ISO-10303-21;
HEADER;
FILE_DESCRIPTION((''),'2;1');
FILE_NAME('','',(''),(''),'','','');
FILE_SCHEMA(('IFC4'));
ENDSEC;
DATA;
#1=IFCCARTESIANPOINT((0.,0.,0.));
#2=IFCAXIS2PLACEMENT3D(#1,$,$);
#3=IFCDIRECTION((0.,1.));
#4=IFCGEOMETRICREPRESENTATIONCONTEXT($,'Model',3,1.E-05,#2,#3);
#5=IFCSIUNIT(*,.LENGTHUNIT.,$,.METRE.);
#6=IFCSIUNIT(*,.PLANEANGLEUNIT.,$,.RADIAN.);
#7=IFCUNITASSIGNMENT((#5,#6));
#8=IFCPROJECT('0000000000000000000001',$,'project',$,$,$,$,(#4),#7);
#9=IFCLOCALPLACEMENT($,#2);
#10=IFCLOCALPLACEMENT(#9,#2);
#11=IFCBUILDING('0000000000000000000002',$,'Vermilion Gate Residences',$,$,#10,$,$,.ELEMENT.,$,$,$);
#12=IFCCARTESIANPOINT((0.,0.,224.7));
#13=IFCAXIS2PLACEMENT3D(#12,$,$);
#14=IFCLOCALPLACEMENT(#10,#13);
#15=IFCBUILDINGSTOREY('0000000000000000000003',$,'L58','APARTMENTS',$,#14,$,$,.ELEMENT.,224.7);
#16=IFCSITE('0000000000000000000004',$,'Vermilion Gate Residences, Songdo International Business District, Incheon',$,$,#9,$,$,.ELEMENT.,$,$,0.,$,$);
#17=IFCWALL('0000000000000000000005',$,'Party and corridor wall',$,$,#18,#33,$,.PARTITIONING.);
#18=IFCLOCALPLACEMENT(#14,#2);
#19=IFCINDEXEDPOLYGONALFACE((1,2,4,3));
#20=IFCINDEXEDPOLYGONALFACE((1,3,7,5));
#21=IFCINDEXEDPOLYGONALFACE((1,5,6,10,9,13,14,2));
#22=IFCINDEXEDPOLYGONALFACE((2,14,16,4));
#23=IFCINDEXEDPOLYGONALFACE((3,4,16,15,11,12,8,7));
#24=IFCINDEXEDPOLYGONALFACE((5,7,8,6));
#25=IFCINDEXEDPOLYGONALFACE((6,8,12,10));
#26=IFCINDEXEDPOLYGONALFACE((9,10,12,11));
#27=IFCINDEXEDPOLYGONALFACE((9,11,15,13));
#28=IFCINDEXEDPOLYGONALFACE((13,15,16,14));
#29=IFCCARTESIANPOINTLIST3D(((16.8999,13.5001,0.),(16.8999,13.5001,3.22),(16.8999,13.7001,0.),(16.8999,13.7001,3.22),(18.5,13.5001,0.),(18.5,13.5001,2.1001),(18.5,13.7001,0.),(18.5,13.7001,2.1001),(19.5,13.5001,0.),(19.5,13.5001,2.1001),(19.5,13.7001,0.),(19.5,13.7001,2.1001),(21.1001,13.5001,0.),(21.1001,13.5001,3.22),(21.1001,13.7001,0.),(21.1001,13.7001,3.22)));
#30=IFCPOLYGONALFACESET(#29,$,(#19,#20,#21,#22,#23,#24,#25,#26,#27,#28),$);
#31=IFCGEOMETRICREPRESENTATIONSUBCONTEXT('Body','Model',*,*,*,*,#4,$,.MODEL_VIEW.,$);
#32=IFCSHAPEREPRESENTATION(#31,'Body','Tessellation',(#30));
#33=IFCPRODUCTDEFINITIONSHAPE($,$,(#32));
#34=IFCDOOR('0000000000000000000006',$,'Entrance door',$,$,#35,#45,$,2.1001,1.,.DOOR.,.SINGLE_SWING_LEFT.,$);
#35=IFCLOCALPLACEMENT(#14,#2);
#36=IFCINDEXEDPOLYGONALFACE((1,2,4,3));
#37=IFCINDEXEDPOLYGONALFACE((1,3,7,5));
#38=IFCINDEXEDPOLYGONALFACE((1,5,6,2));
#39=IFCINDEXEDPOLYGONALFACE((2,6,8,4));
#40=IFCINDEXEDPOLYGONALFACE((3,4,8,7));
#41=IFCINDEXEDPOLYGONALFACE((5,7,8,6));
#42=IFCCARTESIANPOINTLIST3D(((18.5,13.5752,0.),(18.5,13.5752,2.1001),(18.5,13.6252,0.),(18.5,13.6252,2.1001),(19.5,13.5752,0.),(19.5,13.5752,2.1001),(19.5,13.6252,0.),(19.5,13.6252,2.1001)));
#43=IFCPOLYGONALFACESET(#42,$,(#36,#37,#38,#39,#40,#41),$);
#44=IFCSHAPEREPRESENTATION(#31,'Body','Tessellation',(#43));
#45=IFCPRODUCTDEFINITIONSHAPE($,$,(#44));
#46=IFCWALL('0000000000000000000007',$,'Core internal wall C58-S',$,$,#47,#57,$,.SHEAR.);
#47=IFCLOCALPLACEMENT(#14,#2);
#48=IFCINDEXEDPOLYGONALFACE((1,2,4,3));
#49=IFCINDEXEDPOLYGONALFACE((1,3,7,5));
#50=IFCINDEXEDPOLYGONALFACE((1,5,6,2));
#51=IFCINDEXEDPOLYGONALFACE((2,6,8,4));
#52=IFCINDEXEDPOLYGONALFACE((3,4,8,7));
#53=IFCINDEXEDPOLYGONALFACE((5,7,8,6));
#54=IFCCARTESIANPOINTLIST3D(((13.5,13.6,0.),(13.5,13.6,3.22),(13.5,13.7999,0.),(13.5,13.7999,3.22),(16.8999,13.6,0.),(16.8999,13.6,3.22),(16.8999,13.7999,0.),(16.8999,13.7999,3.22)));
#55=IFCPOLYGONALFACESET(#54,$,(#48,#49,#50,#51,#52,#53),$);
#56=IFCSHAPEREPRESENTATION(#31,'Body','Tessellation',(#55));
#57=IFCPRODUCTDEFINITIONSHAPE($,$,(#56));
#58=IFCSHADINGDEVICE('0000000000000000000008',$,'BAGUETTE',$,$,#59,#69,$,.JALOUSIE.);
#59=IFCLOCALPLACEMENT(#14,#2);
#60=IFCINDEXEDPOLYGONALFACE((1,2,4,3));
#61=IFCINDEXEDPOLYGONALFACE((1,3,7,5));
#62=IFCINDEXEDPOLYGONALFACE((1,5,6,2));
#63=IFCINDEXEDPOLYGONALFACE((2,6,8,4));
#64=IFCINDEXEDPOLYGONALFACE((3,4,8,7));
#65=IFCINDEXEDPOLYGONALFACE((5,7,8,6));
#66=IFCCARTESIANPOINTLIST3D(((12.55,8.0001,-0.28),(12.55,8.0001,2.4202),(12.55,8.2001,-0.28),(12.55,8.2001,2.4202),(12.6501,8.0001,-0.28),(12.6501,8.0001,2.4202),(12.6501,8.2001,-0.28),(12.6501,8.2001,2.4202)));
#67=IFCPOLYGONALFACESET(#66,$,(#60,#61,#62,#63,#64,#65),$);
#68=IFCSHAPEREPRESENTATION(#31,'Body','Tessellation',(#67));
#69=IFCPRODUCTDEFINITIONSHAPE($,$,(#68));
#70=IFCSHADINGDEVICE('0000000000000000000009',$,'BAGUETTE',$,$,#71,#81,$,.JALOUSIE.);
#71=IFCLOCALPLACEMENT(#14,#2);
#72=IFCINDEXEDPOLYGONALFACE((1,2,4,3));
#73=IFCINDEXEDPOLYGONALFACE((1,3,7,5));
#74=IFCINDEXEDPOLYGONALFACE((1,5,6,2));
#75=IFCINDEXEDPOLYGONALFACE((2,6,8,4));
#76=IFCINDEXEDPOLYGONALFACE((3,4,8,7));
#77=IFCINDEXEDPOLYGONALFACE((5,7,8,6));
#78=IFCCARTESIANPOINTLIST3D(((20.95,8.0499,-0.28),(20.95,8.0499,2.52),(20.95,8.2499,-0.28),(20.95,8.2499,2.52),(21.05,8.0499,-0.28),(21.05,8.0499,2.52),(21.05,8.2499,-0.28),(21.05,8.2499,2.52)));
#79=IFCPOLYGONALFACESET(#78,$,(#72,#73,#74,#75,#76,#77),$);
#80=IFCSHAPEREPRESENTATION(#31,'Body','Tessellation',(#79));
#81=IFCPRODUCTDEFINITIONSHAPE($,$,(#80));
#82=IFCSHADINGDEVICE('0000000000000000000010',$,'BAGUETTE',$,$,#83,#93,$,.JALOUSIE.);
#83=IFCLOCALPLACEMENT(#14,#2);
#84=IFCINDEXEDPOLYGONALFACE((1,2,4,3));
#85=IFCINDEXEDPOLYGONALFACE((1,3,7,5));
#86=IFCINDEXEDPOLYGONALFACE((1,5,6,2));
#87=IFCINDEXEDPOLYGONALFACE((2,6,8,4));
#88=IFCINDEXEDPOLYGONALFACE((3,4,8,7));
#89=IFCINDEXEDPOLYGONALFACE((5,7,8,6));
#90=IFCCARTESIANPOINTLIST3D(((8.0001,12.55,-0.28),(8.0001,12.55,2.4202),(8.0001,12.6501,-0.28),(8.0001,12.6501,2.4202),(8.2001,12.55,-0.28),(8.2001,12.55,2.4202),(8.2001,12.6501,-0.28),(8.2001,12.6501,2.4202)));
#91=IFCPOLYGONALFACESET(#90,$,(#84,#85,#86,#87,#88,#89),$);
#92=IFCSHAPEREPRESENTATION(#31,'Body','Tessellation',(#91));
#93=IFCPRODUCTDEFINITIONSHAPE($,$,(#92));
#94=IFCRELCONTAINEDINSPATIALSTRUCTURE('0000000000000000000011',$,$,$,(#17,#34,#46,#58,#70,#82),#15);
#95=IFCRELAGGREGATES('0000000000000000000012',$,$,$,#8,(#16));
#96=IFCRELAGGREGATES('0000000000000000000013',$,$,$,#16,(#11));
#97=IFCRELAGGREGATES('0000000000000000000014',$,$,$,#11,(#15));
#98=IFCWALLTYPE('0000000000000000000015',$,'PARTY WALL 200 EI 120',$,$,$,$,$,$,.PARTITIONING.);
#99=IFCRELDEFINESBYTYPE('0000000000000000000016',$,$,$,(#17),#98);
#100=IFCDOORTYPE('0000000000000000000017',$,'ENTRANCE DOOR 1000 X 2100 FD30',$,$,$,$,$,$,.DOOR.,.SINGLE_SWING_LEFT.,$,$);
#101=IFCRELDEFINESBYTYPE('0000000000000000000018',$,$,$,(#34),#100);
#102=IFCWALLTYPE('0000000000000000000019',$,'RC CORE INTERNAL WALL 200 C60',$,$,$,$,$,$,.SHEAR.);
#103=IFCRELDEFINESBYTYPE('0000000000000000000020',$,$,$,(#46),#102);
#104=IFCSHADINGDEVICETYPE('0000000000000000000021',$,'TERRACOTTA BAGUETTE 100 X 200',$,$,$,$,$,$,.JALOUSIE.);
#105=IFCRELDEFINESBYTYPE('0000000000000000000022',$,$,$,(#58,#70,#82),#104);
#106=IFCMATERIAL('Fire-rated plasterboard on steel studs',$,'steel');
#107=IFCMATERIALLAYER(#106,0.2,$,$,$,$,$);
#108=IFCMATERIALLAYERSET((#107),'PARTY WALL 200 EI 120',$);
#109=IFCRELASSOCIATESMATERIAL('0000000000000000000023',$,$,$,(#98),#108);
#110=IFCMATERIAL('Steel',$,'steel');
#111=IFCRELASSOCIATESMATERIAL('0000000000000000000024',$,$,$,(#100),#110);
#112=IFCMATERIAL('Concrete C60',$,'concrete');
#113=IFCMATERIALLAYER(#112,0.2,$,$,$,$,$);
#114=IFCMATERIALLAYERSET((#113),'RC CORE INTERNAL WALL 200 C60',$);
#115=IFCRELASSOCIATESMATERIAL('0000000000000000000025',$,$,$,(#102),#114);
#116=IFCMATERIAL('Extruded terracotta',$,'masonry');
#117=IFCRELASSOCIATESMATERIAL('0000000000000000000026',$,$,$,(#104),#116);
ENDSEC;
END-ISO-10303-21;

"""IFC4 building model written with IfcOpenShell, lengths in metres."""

from ifc_helpers import new_model, si_unit, direction, frame, frame_2d, origin, origin_2d, place, context, subcontext, project, spatial, rectangle, extrude, material, layer, layer_set, material_profile, profile_set, type_object, element, fill, save


model = new_model("IFC4")

# Units and contexts
model_context = context("Model", 3, precision=1e-05, world=origin(), true_north=direction((0.0, 1.0)))
body_context = subcontext(model_context, "Body", "Model", "MODEL_VIEW")
ifc_project = project(units=[si_unit("LENGTHUNIT", "METRE"), si_unit("PLANEANGLEUNIT", "RADIAN")], contexts=[model_context])

# Site, building, storey
site_placement = place(None, origin())
site = spatial("IfcSite", under=ifc_project, at=site_placement, Name="Vermilion Gate Residences, Songdo International Business District, Incheon", CompositionType="ELEMENT", RefElevation=0.0)
building_placement = place(site_placement, origin())
building = spatial("IfcBuilding", under=site, at=building_placement, Name="Vermilion Gate Residences", CompositionType="ELEMENT")
storey_placement = place(building_placement, frame((0.0, 0.0, 224.7)))
storey = spatial("IfcBuildingStorey", under=building, at=storey_placement, Name="L58", Description="APARTMENTS", CompositionType="ELEMENT", Elevation=224.7)

# Wall, opening, door
ifc_material_1 = material(Name="Fire-rated plasterboard on steel studs", Category="steel")
ifc_layer_1 = layer(ifc_material_1, 0.2)
ifc_layer_set_1 = layer_set([ifc_layer_1], Name="PARTY WALL 200 EI 120")
wall_type_1 = type_object("IfcWallType", Name="PARTY WALL 200 EI 120", PredefinedType="PARTITIONING", material=ifc_layer_set_1)
wall_1_placement = place(storey_placement, frame((16.8999, 13.6001, 0.0), z_axis=(0.0, 0.0, 1.0), x_axis=(1.0, 0.0, 0.0)))
wall_1 = element("IfcWall", 1, at=wall_1_placement, inside=storey, type_object=wall_type_1, Name="Party and corridor wall", PredefinedType="PARTITIONING", context=body_context, shape_type="SweptSolid", body=[
    extrude(rectangle(XDim=4.2002, YDim=0.2, at=frame_2d((2.1001, 0.0))), origin(), (0.0, 0.0, 1.0), 3.22),
])
opening_1_placement = place(wall_1_placement, frame((1.6001, 0.0, 0.0)))
opening_1 = element("IfcOpeningElement", 2, at=opening_1_placement, cuts=wall_1, PredefinedType="OPENING", context=body_context, shape_type="SweptSolid", body=[
    extrude(rectangle(XDim=1.0, YDim=2.1001, at=frame_2d((0.5, 1.05))), frame((0.0, 0.1099, 0.0), z_axis=(0.0, -1.0, 0.0), x_axis=(1.0, 0.0, 0.0)), (0.0, 0.0, 1.0), 0.22),
])
ifc_material_2 = material(Name="Steel", Category="steel")
door_type_1 = type_object("IfcDoorType", Name="ENTRANCE DOOR 1000 X 2100 FD30", OperationType="SINGLE_SWING_LEFT", PredefinedType="DOOR", material=ifc_material_2)
door_1_placement = place(opening_1_placement, frame((1.0, 0.0, 0.0), z_axis=(0.0, 0.0, 1.0), x_axis=(-1.0, 0.0, 0.0)))
door_1 = element("IfcDoor", 3, at=door_1_placement, inside=storey, type_object=door_type_1, Name="Entrance door", OperationType="SINGLE_SWING_LEFT", OverallHeight=2.1001, OverallWidth=1.0, PredefinedType="DOOR", context=body_context, shape_type="SweptSolid", body=[
    extrude(rectangle(XDim=1.0, YDim=2.1001, at=frame_2d((0.5, 1.05))), frame((0.0, 0.0249, 0.0), z_axis=(0.0, -1.0, 0.0), x_axis=(1.0, 0.0, 0.0)), (0.0, 0.0, 1.0), 0.05),
])
fill(opening_1, door_1)

# Wall
ifc_material_3 = material(Name="Concrete C60", Category="concrete")
ifc_layer_2 = layer(ifc_material_3, 0.2)
ifc_layer_set_2 = layer_set([ifc_layer_2], Name="RC CORE INTERNAL WALL 200 C60")
wall_type_2 = type_object("IfcWallType", Name="RC CORE INTERNAL WALL 200 C60", PredefinedType="SHEAR", material=ifc_layer_set_2)
wall_2_placement = place(storey_placement, frame((13.5, 13.7, 0.0), z_axis=(0.0, 0.0, 1.0), x_axis=(1.0, 0.0, 0.0)))
element("IfcWall", 4, at=wall_2_placement, inside=storey, type_object=wall_type_2, Name="Core internal wall C58-S", PredefinedType="SHEAR", context=body_context, shape_type="SweptSolid", body=[
    extrude(rectangle(XDim=3.3999, YDim=0.2, at=frame_2d((1.7, 0.0))), origin(), (0.0, 0.0, 1.0), 3.22),
])

# Shading devices
ifc_material_4 = material(Name="Extruded terracotta", Category="masonry")
ifc_material_profile_1 = material_profile(ifc_material_4, rectangle(XDim=0.2, YDim=0.1001, at=origin_2d()), Name="BAGUETTE 100 X 200")
ifc_profile_set_1 = profile_set([ifc_material_profile_1], Name="Extruded terracotta")
shading_device_type = type_object("IfcShadingDeviceType", Name="TERRACOTTA BAGUETTE 100 X 200", PredefinedType="JALOUSIE", material=ifc_profile_set_1)
shading_device_1_placement = place(storey_placement, frame((12.6001, 8.1001, -0.28), z_axis=(0.0, 0.0, 1.0), x_axis=(0.0, 1.0, 0.0)))
element("IfcShadingDevice", 5, at=shading_device_1_placement, inside=storey, type_object=shading_device_type, Name="BAGUETTE", PredefinedType="JALOUSIE", context=body_context, shape_type="SweptSolid", body=[
    extrude(rectangle(XDim=0.2, YDim=0.1001, at=origin_2d()), origin(), (0.0, 0.0, 1.0), 2.7002),
])
shading_device_2_placement = place(storey_placement, frame((21.0, 8.1499, -0.28), z_axis=(0.0, 0.0, 1.0), x_axis=(0.0, 1.0, 0.0)))
element("IfcShadingDevice", 6, at=shading_device_2_placement, inside=storey, type_object=shading_device_type, Name="BAGUETTE", PredefinedType="JALOUSIE", context=body_context, shape_type="SweptSolid", body=[
    extrude(rectangle(XDim=0.2, YDim=0.1001, at=origin_2d()), origin(), (0.0, 0.0, 1.0), 2.8),
])
shading_device_3_placement = place(storey_placement, frame((8.1001, 12.6001, -0.28), z_axis=(0.0, 0.0, 1.0), x_axis=(1.0, 0.0, 0.0)))
element("IfcShadingDevice", 7, at=shading_device_3_placement, inside=storey, type_object=shading_device_type, Name="BAGUETTE", PredefinedType="JALOUSIE", context=body_context, shape_type="SweptSolid", body=[
    extrude(rectangle(XDim=0.2, YDim=0.1001, at=origin_2d()), origin(), (0.0, 0.0, 1.0), 2.7002),
])

save(model, "model.ifc")
